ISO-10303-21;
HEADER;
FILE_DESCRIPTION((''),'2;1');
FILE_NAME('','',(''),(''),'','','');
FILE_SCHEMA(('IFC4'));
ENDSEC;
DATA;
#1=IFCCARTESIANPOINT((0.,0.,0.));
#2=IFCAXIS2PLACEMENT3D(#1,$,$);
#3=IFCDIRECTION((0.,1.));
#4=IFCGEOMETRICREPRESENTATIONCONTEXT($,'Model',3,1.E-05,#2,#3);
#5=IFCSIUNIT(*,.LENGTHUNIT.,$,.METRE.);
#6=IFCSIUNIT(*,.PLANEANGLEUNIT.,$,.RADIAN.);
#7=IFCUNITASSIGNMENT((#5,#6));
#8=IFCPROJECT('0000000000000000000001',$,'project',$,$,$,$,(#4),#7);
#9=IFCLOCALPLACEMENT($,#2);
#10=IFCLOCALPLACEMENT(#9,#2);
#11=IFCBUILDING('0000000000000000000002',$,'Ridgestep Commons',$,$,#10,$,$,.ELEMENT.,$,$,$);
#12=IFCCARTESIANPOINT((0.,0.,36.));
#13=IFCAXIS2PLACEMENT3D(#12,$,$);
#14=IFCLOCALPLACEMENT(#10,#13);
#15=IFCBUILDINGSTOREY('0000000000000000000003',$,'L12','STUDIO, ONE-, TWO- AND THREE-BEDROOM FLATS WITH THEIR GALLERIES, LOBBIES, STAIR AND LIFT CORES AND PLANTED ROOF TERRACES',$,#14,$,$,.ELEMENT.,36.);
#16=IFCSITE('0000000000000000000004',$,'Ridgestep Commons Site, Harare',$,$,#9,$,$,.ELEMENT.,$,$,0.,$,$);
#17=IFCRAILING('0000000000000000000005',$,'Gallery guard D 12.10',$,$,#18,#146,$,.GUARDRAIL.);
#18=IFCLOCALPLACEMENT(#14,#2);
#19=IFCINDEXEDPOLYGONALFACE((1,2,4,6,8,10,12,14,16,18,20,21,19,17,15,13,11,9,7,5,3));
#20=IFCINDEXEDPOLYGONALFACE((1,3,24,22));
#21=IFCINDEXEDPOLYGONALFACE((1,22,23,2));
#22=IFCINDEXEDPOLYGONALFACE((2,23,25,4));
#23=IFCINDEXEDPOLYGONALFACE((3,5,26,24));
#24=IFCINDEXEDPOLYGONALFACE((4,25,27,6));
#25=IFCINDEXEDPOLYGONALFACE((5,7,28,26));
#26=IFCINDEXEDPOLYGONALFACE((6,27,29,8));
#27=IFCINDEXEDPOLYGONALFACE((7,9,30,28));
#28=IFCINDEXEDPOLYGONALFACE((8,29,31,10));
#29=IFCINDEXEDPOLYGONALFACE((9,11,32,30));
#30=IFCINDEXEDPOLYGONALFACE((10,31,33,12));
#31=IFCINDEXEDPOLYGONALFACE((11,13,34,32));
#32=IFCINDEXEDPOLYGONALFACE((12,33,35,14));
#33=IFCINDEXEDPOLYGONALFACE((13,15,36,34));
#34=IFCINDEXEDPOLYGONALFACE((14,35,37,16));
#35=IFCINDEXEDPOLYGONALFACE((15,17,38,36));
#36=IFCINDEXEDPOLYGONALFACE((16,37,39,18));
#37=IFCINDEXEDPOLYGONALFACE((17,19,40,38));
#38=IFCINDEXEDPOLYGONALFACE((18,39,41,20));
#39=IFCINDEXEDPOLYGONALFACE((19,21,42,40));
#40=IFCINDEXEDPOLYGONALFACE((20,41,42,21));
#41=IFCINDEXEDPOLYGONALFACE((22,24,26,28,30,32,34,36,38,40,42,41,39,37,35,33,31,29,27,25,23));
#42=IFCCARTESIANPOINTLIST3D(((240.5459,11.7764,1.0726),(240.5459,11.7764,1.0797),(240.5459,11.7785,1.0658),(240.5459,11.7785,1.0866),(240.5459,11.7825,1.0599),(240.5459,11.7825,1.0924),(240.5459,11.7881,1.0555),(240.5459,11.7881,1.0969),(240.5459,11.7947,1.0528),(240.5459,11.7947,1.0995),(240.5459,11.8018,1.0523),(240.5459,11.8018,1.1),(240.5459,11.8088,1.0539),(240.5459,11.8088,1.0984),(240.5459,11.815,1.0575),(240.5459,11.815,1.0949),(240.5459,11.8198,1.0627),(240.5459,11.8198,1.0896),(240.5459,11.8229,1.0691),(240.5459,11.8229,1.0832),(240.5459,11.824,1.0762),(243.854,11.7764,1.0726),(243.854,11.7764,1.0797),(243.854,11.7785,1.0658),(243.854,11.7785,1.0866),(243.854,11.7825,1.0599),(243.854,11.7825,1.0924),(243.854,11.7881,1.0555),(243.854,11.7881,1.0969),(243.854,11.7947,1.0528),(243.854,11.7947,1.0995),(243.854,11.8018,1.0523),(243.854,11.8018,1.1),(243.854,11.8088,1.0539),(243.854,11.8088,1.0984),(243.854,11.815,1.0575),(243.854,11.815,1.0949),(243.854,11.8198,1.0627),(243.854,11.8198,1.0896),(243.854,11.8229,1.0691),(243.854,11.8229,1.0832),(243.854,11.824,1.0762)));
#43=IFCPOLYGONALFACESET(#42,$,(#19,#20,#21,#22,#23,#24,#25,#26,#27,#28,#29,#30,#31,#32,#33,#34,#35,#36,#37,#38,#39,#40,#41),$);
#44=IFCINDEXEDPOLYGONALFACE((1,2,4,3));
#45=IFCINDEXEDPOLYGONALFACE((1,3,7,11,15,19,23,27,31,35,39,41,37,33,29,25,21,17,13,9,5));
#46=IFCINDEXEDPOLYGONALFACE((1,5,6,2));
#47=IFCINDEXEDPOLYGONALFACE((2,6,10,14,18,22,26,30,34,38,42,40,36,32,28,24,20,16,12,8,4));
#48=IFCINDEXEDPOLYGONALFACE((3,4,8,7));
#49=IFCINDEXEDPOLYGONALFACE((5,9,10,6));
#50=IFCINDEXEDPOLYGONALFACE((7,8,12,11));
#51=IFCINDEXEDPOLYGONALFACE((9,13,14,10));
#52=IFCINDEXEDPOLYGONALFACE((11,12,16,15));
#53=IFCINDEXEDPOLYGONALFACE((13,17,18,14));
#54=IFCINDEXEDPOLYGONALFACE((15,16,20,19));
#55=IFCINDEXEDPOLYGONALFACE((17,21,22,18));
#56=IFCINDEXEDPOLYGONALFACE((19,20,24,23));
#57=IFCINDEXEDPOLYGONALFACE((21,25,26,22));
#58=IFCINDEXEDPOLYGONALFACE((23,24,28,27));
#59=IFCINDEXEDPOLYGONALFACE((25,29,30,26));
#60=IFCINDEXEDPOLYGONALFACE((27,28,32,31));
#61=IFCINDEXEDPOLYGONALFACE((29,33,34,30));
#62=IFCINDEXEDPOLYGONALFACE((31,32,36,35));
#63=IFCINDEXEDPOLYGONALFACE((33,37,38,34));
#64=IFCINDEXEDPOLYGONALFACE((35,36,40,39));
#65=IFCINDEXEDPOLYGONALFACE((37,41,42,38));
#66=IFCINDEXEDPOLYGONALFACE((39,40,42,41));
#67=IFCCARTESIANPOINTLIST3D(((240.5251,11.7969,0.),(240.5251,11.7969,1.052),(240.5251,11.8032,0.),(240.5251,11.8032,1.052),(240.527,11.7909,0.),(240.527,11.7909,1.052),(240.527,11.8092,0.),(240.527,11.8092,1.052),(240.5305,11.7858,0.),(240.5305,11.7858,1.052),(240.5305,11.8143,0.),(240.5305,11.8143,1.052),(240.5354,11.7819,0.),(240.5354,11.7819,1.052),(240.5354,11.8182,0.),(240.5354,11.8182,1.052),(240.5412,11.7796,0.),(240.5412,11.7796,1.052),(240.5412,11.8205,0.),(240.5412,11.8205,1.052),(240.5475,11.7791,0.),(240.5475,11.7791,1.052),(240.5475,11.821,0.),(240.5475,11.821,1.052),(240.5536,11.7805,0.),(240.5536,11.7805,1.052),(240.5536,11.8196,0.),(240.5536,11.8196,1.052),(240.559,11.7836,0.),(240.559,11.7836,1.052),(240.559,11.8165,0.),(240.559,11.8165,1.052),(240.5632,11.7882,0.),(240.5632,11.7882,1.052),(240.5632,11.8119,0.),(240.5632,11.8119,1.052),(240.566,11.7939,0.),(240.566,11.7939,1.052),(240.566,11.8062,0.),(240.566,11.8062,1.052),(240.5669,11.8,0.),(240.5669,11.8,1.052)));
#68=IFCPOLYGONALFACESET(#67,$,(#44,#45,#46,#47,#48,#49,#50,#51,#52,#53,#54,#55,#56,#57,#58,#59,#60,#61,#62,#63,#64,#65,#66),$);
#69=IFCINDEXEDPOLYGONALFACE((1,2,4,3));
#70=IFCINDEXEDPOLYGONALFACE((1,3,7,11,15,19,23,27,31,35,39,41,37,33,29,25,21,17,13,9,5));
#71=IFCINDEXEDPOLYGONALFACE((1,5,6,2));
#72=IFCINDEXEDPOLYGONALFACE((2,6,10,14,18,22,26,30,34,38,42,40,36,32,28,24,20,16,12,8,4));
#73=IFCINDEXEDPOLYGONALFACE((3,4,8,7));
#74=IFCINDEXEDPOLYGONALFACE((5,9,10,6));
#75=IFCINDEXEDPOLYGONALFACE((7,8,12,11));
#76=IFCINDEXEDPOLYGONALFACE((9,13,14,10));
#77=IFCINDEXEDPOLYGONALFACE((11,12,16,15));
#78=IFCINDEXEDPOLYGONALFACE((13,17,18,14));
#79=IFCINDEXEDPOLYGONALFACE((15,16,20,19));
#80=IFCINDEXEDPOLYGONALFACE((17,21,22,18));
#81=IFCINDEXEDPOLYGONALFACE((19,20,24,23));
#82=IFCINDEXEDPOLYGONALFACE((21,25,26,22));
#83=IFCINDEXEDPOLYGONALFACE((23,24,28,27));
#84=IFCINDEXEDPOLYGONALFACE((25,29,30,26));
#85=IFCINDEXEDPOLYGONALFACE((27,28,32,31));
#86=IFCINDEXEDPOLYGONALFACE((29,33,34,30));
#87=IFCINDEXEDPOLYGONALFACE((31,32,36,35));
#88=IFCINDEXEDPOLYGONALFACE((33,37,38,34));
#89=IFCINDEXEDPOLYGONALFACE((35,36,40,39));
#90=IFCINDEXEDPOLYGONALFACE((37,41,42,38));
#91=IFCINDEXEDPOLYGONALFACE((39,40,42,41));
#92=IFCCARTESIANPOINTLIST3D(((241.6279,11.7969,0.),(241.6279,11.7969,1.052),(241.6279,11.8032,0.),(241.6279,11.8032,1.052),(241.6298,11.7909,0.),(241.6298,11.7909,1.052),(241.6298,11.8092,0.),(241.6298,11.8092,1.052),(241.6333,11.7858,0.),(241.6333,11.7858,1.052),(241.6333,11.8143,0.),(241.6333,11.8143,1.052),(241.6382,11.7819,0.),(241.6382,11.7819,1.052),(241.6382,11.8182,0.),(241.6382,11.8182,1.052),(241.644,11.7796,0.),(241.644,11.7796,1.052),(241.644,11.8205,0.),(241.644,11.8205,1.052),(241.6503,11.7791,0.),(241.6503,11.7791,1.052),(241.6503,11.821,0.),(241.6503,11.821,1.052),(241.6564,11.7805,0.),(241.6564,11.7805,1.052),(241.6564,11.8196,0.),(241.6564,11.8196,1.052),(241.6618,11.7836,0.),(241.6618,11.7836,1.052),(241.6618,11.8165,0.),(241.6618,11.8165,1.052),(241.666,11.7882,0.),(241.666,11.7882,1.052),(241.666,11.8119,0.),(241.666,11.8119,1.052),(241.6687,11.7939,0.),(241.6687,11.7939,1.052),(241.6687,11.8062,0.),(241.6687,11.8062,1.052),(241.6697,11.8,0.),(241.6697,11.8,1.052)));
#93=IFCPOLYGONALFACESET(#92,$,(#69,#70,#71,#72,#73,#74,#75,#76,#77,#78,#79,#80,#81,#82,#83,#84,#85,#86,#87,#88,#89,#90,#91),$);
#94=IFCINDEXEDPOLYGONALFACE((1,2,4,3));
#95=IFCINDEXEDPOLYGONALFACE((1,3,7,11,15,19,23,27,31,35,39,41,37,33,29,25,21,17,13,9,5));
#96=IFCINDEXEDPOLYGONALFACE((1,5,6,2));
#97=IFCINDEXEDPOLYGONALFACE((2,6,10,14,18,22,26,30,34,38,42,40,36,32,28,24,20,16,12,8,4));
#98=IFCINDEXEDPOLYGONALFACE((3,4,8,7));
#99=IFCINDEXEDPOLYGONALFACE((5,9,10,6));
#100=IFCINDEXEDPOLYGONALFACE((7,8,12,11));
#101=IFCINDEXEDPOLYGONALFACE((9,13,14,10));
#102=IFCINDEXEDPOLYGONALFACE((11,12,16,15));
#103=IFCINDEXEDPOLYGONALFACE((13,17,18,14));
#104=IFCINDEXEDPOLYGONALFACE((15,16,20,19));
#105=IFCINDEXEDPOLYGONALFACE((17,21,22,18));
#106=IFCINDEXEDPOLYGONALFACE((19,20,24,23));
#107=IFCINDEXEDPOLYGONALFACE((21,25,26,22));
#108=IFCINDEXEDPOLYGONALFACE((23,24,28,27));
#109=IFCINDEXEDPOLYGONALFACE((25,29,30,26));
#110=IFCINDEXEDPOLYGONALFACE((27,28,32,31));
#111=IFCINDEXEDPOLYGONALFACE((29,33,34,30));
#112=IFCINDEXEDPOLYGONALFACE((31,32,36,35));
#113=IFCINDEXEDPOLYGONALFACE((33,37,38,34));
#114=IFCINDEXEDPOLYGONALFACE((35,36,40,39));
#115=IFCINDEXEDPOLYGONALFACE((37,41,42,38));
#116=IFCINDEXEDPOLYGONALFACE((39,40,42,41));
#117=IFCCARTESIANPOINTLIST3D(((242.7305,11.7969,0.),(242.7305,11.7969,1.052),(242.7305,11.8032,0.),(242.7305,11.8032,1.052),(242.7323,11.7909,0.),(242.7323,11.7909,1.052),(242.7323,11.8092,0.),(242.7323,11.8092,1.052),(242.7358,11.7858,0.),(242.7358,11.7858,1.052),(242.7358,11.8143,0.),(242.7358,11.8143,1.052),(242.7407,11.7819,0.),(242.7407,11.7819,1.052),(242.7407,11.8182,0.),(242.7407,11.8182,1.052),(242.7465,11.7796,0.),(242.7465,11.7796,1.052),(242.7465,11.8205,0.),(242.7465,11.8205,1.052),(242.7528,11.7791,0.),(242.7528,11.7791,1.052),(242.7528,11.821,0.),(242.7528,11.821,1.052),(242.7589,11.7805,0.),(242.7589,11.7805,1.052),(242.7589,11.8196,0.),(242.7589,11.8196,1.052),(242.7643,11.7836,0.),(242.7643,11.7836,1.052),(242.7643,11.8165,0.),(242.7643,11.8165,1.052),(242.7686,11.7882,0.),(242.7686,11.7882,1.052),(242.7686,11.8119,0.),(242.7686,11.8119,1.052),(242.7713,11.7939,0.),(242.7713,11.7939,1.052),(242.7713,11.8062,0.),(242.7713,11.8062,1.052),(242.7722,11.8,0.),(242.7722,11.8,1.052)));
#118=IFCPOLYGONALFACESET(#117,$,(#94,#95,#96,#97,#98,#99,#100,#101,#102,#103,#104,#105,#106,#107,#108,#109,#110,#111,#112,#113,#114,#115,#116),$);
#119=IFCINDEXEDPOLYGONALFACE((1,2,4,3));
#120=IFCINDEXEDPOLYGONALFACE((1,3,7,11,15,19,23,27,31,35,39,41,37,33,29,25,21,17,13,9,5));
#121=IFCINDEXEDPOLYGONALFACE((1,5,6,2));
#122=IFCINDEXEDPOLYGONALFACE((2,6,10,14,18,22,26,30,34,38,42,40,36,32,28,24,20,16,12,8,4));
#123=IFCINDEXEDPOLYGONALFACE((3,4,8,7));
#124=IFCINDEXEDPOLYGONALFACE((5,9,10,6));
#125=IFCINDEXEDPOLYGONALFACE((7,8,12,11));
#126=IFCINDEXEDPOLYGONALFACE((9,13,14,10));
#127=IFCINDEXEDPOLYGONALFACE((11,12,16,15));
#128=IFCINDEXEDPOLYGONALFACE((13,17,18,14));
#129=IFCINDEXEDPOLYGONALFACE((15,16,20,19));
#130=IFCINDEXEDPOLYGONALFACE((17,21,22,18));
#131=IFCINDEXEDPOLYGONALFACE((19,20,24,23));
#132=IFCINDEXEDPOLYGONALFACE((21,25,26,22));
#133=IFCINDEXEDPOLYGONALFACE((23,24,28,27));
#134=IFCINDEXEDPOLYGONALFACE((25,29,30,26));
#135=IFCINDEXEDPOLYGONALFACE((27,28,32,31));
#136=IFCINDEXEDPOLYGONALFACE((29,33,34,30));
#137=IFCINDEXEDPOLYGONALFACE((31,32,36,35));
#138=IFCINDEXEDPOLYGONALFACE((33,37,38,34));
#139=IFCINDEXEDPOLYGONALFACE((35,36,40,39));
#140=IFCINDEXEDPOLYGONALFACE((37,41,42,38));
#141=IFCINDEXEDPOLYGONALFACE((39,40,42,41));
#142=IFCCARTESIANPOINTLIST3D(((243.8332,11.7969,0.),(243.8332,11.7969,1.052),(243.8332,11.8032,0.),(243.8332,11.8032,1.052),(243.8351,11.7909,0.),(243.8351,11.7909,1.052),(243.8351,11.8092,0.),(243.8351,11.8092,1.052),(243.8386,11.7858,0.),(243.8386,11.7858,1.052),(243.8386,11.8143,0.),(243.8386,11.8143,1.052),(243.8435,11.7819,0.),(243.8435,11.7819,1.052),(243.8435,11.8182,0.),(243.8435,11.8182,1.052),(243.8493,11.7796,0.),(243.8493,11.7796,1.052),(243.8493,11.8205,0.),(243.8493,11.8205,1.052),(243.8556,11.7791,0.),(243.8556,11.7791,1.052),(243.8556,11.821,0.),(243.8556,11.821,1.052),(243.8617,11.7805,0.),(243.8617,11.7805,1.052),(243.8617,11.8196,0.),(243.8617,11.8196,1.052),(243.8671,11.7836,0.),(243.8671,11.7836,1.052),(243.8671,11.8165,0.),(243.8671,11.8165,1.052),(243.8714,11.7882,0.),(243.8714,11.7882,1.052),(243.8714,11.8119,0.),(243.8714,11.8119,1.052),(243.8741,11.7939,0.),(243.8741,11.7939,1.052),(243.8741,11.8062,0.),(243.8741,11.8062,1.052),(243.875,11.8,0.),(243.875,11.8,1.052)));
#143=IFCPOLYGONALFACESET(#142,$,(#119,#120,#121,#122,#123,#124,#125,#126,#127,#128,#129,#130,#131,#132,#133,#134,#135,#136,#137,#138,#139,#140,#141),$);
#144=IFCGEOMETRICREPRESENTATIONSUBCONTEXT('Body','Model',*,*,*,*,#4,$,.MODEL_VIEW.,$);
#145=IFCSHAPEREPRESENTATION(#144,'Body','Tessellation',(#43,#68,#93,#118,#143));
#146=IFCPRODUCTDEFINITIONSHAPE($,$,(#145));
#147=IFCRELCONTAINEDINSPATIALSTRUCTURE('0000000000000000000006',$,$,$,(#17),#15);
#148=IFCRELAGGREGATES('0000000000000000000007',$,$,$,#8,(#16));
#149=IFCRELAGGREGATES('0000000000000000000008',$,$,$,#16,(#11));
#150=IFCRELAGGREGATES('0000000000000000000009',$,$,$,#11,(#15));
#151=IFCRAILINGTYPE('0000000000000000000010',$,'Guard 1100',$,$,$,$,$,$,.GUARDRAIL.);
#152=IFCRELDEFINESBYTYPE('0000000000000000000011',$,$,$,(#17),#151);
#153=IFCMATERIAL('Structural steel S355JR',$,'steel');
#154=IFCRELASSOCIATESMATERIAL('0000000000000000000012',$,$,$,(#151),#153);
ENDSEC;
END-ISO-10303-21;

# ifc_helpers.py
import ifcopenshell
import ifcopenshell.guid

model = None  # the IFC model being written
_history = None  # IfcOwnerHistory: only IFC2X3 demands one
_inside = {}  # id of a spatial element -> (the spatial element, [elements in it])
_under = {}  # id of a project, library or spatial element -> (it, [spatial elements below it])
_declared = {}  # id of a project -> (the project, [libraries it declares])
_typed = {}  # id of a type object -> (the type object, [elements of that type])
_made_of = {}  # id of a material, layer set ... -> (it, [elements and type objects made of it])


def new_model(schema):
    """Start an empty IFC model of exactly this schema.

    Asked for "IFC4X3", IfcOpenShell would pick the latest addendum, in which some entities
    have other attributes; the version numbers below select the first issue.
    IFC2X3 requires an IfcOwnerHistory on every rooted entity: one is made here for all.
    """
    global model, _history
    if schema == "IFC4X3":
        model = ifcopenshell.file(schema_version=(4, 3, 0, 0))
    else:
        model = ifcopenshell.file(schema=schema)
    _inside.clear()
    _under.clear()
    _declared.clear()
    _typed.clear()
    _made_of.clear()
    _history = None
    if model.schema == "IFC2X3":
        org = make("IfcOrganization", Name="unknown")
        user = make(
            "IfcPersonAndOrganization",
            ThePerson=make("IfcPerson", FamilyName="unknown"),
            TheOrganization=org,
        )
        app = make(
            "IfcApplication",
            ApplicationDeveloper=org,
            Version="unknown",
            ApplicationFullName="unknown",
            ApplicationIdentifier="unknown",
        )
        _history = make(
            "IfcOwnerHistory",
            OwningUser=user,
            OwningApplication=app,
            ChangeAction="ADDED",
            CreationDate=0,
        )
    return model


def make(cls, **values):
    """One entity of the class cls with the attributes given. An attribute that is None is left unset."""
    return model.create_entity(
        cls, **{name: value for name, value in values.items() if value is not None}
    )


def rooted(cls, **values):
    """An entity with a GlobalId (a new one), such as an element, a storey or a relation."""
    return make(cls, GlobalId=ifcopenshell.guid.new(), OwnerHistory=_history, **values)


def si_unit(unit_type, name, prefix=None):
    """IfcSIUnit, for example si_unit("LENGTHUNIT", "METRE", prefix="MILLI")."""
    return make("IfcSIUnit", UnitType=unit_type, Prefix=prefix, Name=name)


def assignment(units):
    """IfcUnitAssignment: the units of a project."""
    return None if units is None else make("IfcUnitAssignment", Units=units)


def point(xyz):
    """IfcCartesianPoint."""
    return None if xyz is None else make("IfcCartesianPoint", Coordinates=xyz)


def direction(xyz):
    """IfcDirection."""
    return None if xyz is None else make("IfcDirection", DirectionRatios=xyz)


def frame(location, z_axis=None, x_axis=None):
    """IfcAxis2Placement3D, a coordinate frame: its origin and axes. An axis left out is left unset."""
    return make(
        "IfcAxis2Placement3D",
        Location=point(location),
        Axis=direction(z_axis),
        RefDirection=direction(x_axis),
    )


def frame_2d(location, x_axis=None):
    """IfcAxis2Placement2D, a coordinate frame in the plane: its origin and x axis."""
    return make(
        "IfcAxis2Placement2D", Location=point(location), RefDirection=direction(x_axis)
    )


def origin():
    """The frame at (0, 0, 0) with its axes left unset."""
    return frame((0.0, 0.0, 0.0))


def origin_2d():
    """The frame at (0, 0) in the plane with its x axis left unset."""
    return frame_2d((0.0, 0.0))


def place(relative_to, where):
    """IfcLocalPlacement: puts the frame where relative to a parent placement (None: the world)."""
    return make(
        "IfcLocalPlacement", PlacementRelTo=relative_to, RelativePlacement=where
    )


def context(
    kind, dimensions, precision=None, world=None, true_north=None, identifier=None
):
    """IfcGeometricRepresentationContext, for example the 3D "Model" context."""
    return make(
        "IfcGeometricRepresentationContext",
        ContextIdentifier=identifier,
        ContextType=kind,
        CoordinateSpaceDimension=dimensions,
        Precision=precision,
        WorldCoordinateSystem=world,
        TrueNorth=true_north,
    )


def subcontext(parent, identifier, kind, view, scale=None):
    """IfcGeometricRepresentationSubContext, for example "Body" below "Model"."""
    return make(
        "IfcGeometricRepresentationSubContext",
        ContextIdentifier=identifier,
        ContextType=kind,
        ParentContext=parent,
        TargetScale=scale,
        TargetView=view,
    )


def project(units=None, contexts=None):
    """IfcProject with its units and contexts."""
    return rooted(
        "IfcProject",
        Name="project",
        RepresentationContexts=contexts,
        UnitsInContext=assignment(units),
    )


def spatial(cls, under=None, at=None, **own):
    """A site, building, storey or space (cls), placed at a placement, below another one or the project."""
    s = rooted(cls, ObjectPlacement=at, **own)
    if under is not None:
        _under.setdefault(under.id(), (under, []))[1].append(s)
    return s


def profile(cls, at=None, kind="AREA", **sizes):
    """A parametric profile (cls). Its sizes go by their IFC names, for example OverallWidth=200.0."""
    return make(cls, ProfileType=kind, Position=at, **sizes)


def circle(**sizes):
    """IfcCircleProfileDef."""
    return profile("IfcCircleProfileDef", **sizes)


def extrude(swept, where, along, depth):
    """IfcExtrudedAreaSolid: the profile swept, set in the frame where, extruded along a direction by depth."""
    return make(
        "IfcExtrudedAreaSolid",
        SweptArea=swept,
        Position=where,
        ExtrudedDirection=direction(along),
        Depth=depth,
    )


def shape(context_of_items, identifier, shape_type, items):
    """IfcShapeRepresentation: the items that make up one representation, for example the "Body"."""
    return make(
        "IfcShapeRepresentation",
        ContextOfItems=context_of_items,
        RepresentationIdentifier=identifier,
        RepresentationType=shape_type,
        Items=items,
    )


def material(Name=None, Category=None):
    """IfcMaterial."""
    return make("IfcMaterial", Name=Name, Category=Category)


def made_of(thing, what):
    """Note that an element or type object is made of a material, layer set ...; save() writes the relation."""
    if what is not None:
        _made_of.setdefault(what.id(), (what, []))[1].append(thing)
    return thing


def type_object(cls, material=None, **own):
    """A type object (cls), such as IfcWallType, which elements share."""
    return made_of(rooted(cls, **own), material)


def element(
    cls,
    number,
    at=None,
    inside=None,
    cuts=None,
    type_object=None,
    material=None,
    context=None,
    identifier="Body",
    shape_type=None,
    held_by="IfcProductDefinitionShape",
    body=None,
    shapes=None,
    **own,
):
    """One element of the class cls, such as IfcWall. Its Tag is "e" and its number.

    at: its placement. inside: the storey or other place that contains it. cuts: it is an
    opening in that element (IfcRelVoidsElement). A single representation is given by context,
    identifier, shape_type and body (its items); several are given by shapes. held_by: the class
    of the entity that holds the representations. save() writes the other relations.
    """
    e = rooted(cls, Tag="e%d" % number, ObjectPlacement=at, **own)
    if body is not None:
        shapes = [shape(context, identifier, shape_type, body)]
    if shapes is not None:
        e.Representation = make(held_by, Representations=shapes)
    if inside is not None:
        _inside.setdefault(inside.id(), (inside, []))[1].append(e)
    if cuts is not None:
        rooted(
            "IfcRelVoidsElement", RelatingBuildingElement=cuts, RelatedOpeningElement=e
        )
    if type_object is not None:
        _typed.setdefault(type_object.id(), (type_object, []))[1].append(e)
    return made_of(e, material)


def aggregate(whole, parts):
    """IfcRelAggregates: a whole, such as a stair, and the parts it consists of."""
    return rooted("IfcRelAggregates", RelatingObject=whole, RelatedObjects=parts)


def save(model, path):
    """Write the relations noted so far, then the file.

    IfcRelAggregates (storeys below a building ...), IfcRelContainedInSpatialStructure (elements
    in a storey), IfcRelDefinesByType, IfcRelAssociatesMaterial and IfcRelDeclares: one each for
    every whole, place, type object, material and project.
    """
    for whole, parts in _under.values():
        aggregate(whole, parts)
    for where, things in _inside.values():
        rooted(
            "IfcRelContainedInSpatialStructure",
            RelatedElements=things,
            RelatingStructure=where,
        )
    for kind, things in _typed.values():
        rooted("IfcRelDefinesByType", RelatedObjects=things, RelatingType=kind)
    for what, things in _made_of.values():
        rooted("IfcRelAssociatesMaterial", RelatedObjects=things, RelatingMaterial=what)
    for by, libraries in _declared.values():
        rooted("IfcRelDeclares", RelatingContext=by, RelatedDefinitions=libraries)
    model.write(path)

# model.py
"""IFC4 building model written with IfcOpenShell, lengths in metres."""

from ifc_helpers import new_model, si_unit, direction, frame, origin, origin_2d, place, context, subcontext, project, spatial, circle, extrude, material, type_object, element, save


model = new_model("IFC4")

# Units and contexts
model_context = context("Model", 3, precision=1e-05, world=origin(), true_north=direction((0.0, 1.0)))
body_context = subcontext(model_context, "Body", "Model", "MODEL_VIEW")
ifc_project = project(units=[si_unit("LENGTHUNIT", "METRE"), si_unit("PLANEANGLEUNIT", "RADIAN")], contexts=[model_context])

# Site, building, storey
site_placement = place(None, origin())
site = spatial("IfcSite", under=ifc_project, at=site_placement, Name="Ridgestep Commons Site, Harare", CompositionType="ELEMENT", RefElevation=0.0)
building_placement = place(site_placement, origin())
building = spatial("IfcBuilding", under=site, at=building_placement, Name="Ridgestep Commons", CompositionType="ELEMENT")
storey_placement = place(building_placement, frame((0.0, 0.0, 36.0)))
storey = spatial("IfcBuildingStorey", under=building, at=storey_placement, Name="L12", Description="STUDIO, ONE-, TWO- AND THREE-BEDROOM FLATS WITH THEIR GALLERIES, LOBBIES, STAIR AND LIFT CORES AND PLANTED ROOF TERRACES", CompositionType="ELEMENT", Elevation=36.0)

# Railing
ifc_material_1 = material(Name="Structural steel S355JR", Category="steel")
railing_type = type_object("IfcRailingType", Name="Guard 1100", PredefinedType="GUARDRAIL", material=ifc_material_1)
railing_1_placement = place(storey_placement, frame((240.5459, 11.8, 0.0)))
element("IfcRailing", 1, at=railing_1_placement, inside=storey, type_object=railing_type, Name="Gallery guard D 12.10", PredefinedType="GUARDRAIL", context=body_context, shape_type="SweptSolid", body=[
    extrude(circle(Radius=0.0239, at=origin_2d()), frame((0.0, 0.0, 1.0762), z_axis=(1.0, 0.0, 0.0), x_axis=(0.0, 1.0, 0.0)), (0.0, 0.0, 1.0), 3.3081),
    extrude(circle(Radius=0.021, at=origin_2d()), origin(), (0.0, 0.0, 1.0), 1.052),
    extrude(circle(Radius=0.021, at=origin_2d()), frame((1.1028, 0.0, 0.0)), (0.0, 0.0, 1.0), 1.052),
    extrude(circle(Radius=0.021, at=origin_2d()), frame((2.2053, 0.0, 0.0)), (0.0, 0.0, 1.0), 1.052),
    extrude(circle(Radius=0.021, at=origin_2d()), frame((3.3081, 0.0, 0.0)), (0.0, 0.0, 1.0), 1.052),
])

save(model, "model.ifc")
